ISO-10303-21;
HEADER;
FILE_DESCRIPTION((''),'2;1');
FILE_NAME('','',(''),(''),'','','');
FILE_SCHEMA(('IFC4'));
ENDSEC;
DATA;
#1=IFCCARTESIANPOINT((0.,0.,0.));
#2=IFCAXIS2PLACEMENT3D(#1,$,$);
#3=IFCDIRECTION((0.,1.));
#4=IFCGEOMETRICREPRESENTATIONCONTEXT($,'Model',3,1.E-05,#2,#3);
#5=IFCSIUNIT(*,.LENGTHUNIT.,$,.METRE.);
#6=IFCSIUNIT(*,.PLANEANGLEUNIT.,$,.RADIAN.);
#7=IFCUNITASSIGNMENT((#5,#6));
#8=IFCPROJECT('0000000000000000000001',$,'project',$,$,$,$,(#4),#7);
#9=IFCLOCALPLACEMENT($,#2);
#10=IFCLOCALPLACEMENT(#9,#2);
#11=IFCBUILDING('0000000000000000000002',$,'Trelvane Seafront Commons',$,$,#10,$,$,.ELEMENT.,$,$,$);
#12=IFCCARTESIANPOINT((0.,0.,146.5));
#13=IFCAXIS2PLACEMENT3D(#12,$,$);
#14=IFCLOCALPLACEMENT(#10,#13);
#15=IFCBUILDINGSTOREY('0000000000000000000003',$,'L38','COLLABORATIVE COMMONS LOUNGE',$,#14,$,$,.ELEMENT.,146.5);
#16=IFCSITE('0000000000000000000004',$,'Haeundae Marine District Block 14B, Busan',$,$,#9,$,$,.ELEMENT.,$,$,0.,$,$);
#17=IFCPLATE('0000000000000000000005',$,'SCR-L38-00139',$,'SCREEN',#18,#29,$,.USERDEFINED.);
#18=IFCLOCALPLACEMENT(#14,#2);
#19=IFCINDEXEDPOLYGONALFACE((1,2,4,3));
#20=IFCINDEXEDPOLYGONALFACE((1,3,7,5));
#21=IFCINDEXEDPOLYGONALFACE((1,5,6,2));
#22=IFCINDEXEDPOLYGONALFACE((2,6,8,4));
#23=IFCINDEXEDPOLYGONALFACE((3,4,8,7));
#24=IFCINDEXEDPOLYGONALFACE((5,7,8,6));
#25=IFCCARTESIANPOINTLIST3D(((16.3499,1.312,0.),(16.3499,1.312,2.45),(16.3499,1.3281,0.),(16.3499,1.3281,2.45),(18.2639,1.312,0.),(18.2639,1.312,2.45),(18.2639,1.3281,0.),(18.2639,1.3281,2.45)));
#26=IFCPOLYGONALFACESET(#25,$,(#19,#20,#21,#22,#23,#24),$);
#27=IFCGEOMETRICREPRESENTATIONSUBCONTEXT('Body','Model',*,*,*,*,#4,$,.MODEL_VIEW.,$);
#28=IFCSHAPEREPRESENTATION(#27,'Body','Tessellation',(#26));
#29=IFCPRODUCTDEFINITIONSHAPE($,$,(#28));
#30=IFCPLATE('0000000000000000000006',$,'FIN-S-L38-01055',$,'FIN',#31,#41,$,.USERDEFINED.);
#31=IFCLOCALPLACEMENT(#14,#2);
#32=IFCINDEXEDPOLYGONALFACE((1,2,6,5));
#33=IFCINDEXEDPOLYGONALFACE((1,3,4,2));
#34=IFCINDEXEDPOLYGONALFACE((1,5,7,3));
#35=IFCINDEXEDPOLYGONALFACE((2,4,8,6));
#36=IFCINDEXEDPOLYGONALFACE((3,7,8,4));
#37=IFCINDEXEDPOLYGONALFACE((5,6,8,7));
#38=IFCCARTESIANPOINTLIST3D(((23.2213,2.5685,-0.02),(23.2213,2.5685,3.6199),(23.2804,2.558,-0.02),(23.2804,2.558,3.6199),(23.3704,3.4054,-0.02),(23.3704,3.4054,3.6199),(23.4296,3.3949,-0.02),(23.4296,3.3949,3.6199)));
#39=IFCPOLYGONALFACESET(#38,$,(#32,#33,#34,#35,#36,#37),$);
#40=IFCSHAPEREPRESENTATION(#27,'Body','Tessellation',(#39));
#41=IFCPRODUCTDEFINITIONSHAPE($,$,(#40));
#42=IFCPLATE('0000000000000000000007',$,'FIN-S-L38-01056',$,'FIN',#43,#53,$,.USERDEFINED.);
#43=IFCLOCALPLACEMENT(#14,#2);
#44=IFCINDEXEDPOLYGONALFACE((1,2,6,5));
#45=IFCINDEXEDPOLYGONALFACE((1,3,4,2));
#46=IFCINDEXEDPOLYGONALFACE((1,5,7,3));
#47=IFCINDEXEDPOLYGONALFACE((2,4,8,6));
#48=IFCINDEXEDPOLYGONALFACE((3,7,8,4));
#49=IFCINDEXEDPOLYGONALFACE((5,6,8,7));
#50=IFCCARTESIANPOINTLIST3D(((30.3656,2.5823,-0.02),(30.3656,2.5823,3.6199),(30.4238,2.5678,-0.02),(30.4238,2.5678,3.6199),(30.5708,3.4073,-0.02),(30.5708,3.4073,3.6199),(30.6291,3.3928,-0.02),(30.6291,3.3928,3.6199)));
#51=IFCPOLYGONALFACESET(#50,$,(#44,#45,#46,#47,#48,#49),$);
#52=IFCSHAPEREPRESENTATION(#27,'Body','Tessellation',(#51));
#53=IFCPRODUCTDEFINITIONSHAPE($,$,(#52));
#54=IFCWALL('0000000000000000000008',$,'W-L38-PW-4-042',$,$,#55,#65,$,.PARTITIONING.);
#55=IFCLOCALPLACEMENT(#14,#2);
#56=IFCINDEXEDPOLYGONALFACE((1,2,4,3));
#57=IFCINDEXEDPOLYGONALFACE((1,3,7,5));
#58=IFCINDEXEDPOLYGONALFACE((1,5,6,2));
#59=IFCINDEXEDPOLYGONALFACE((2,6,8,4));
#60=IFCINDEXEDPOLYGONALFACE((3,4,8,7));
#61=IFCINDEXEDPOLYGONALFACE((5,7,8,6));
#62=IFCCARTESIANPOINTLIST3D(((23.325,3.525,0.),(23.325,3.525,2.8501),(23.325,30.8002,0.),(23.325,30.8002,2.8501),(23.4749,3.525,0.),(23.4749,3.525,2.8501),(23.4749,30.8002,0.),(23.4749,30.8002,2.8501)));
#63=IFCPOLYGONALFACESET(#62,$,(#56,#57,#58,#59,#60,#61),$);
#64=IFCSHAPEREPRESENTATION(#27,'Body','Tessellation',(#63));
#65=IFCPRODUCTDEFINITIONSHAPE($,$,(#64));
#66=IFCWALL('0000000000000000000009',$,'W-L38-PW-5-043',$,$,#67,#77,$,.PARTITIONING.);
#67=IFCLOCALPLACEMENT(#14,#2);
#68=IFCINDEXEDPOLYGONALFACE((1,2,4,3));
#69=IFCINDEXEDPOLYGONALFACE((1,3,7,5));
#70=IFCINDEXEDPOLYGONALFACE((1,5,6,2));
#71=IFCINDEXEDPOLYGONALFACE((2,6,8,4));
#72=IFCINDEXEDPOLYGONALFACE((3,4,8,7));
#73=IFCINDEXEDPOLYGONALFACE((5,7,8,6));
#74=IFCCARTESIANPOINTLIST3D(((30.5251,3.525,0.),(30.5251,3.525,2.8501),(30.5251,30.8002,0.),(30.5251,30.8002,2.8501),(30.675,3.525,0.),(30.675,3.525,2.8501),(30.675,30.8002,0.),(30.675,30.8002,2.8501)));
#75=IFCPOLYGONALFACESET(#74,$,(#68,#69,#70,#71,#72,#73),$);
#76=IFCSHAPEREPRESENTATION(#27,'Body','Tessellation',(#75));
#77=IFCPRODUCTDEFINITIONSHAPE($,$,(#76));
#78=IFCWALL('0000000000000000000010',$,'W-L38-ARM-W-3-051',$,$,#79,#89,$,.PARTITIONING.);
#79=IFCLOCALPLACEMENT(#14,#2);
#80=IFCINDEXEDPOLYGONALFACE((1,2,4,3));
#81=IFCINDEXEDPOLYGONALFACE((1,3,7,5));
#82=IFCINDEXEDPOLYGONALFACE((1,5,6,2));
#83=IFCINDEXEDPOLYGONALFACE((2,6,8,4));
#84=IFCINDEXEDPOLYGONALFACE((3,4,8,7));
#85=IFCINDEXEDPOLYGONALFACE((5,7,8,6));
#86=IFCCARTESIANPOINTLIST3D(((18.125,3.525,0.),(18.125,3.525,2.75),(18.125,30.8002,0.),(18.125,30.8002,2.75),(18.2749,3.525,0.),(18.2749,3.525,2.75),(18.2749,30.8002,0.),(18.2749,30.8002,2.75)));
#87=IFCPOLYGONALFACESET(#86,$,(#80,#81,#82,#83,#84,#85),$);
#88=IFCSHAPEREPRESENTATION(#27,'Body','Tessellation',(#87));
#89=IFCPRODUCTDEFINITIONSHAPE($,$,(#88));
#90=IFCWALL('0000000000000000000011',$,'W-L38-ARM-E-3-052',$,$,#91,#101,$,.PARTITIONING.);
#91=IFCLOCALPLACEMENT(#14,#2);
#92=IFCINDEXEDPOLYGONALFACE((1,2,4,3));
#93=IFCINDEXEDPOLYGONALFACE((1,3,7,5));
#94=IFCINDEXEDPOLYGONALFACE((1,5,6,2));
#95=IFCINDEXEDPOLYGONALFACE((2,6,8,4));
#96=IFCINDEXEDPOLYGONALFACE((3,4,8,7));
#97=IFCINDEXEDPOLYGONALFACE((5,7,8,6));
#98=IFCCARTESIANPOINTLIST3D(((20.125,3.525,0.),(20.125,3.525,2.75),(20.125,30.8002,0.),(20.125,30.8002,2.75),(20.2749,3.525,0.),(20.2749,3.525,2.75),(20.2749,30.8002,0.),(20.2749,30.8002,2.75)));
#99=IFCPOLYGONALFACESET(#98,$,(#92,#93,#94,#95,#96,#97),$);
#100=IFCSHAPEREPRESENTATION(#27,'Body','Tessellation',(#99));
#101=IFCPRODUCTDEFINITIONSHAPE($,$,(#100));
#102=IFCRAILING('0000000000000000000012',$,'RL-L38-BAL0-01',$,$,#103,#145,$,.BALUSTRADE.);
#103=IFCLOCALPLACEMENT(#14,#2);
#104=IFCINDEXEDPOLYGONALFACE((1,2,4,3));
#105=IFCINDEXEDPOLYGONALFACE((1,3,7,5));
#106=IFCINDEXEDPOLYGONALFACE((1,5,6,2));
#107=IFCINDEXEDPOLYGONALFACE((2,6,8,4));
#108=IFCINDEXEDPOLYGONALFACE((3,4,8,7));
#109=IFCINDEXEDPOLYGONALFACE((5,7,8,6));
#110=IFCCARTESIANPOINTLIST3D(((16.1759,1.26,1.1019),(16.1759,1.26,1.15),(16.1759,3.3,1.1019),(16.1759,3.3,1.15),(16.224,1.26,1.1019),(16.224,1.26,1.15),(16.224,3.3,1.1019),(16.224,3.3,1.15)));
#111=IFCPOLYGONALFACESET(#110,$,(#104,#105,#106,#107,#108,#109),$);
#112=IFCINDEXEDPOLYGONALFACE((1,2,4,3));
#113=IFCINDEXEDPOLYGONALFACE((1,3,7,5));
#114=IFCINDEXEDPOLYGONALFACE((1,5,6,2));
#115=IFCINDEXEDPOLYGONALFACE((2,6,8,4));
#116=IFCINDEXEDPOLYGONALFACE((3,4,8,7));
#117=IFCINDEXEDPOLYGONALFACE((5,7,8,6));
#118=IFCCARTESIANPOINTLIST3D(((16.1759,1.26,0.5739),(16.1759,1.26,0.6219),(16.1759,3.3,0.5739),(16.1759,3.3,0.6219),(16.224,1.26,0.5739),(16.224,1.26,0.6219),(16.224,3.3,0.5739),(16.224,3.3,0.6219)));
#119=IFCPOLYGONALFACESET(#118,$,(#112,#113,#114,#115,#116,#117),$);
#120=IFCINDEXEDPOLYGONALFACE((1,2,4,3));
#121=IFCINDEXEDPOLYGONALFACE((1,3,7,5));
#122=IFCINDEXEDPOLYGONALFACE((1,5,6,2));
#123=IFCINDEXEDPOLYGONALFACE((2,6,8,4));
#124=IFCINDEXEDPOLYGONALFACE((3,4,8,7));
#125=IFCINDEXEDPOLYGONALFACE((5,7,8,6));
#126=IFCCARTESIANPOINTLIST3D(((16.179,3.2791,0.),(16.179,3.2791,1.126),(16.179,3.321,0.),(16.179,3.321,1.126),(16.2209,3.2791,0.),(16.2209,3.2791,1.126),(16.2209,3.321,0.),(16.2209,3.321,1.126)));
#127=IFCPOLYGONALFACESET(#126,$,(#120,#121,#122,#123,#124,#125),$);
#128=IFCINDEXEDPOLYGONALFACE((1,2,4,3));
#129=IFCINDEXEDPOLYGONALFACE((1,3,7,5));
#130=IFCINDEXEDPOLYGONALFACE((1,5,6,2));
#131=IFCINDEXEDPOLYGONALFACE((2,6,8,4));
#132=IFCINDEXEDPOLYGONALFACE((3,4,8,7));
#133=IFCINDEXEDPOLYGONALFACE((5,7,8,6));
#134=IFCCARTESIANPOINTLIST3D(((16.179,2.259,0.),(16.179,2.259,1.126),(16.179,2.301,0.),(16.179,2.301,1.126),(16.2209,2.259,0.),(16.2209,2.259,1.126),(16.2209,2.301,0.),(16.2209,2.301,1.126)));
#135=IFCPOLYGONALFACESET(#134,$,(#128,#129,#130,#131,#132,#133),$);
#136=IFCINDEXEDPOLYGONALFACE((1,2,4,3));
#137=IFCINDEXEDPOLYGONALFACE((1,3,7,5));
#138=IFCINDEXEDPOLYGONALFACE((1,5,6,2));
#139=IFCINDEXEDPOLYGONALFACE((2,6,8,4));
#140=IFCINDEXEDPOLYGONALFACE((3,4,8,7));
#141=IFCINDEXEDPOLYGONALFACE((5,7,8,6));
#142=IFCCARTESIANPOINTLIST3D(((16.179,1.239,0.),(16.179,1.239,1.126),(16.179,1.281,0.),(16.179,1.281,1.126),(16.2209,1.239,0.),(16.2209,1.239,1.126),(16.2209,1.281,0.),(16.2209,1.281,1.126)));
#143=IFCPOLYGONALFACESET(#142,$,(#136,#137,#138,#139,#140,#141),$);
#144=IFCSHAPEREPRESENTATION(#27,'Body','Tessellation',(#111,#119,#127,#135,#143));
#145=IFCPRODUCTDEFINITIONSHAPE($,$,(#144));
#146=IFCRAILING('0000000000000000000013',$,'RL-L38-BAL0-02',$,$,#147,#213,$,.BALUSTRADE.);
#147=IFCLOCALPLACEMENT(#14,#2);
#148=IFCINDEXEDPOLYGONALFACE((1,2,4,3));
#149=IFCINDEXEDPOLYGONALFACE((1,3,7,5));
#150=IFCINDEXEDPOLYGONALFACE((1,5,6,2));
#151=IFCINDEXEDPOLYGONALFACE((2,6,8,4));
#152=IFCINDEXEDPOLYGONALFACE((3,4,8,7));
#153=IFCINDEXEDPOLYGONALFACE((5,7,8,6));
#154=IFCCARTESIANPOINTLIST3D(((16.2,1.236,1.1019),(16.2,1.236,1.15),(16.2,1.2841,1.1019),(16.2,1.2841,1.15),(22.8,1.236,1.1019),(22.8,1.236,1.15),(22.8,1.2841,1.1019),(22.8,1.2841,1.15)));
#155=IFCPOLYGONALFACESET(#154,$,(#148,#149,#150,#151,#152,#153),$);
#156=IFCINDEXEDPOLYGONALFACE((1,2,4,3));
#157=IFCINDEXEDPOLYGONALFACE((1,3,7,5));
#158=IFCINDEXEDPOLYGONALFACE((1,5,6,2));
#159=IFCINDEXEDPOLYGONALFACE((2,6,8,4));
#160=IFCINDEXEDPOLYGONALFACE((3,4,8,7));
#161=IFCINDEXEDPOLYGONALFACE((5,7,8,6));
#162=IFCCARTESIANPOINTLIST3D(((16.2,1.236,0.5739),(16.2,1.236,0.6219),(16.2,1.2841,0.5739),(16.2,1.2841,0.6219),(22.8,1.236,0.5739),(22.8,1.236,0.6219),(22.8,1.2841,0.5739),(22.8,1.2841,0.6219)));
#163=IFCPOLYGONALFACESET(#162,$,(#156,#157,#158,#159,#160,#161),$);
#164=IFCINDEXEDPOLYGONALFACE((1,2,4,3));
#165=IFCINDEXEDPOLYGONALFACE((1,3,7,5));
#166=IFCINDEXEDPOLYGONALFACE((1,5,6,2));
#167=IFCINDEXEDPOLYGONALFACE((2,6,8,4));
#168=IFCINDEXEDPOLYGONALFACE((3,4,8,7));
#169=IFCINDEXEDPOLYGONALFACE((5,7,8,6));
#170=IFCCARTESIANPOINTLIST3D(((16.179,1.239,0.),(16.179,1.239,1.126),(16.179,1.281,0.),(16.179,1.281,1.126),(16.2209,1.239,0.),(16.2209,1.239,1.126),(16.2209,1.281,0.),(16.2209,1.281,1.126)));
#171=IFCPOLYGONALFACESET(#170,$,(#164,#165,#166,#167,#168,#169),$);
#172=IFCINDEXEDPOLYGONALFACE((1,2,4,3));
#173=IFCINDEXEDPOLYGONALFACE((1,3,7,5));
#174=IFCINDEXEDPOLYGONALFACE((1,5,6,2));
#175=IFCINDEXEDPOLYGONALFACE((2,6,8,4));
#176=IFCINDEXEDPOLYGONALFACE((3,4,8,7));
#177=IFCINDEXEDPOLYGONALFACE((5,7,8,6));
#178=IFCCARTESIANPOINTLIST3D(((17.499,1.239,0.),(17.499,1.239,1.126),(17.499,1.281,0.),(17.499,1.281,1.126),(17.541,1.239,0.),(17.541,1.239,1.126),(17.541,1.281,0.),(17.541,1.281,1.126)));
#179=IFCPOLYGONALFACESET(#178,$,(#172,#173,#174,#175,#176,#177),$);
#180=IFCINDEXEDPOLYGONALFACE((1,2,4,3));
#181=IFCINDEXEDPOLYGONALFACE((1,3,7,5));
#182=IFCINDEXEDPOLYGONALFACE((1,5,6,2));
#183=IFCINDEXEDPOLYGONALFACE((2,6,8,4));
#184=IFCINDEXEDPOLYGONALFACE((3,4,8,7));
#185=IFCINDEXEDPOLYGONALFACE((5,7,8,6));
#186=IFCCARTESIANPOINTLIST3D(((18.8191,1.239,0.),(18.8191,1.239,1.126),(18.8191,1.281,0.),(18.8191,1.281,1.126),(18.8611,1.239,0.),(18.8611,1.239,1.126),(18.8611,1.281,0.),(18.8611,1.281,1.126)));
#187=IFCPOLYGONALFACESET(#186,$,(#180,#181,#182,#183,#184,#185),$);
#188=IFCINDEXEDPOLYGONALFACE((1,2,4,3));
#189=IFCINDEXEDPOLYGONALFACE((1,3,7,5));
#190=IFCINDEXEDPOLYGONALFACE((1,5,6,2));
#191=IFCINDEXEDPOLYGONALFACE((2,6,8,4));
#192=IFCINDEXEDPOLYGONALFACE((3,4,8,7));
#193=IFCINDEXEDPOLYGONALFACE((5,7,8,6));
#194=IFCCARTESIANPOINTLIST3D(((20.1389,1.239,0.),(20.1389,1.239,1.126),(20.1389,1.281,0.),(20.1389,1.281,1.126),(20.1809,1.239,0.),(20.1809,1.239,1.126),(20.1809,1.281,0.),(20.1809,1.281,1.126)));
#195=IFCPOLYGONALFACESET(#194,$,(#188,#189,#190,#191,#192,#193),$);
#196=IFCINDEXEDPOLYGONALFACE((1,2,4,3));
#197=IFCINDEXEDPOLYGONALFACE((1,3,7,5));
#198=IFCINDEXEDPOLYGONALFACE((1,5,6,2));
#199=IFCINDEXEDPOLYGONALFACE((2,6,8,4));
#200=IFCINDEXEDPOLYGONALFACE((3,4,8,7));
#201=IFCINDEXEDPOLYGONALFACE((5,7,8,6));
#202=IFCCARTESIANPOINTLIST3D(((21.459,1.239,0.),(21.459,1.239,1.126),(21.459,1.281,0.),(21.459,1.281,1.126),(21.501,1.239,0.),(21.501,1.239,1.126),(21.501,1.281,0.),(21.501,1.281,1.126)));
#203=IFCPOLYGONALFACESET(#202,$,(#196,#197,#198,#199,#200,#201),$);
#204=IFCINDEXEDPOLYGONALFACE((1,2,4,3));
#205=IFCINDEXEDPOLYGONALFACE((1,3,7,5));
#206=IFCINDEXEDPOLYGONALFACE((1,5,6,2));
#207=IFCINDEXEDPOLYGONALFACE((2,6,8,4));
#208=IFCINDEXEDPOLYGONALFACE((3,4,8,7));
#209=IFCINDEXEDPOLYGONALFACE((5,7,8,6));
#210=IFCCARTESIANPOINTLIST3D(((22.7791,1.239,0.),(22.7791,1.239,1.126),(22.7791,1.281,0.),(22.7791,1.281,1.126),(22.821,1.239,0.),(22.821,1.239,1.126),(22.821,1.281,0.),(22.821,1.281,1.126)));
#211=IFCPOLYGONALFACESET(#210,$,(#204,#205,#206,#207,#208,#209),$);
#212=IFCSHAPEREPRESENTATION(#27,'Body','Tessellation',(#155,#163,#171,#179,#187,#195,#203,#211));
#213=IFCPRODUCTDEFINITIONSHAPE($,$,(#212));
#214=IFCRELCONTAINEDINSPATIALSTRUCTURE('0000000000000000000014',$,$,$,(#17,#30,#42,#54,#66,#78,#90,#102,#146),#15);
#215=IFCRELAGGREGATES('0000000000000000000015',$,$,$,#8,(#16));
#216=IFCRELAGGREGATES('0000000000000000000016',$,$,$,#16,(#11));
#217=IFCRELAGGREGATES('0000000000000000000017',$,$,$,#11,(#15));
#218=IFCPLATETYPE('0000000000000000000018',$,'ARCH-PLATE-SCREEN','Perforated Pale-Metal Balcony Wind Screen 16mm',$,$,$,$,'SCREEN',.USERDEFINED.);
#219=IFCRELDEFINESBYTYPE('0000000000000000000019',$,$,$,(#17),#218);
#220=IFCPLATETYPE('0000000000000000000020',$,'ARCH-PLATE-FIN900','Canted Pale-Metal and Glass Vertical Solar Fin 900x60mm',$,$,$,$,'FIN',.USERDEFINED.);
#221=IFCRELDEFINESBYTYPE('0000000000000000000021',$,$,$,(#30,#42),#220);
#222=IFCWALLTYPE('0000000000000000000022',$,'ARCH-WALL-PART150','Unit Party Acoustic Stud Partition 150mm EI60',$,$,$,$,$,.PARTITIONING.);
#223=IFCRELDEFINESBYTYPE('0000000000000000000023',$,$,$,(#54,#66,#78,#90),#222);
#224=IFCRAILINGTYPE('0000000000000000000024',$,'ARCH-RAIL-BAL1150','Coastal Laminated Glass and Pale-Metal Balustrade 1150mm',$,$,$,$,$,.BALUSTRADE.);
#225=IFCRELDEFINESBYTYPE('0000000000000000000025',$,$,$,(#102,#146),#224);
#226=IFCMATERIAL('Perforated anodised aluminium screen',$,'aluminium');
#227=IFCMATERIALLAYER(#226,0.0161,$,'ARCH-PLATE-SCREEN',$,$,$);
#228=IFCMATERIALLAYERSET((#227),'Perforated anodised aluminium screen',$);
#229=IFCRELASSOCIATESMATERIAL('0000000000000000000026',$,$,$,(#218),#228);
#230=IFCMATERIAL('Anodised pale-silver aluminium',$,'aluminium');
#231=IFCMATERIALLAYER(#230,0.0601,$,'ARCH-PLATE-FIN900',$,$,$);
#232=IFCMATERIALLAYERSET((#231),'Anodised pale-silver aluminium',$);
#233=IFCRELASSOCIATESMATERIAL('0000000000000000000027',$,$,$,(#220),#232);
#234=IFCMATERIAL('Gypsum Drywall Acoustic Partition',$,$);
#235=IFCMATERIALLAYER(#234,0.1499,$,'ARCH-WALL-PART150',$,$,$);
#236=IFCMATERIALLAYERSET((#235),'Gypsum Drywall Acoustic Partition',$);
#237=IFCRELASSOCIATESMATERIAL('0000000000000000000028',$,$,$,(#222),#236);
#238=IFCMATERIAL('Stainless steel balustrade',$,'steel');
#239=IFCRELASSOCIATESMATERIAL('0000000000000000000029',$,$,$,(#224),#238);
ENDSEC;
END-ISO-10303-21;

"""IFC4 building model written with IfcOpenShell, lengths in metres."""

from ifc_helpers import new_model, si_unit, direction, frame, frame_2d, origin, origin_2d, place, context, subcontext, project, spatial, rectangle, extrude, source, transform, mapped, material, layer, layer_set, type_object, element, save


model = new_model("IFC4")

# Units and contexts
model_context = context("Model", 3, precision=1e-05, world=origin(), true_north=direction((0.0, 1.0)))
body_context = subcontext(model_context, "Body", "Model", "MODEL_VIEW")
ifc_project = project(units=[si_unit("LENGTHUNIT", "METRE"), si_unit("PLANEANGLEUNIT", "RADIAN")], contexts=[model_context])

# Site, building, storey
site_placement = place(None, origin())
site = spatial("IfcSite", under=ifc_project, at=site_placement, Name="Haeundae Marine District Block 14B, Busan", CompositionType="ELEMENT", RefElevation=0.0)
building_placement = place(site_placement, origin())
building = spatial("IfcBuilding", under=site, at=building_placement, Name="Trelvane Seafront Commons", CompositionType="ELEMENT")
storey_placement = place(building_placement, frame((0.0, 0.0, 146.5)))
storey = spatial("IfcBuildingStorey", under=building, at=storey_placement, Name="L38", Description="COLLABORATIVE COMMONS LOUNGE", CompositionType="ELEMENT", Elevation=146.5)

# Plates
ifc_material_1 = material(Name="Perforated anodised aluminium screen", Category="aluminium")
ifc_layer_1 = layer(ifc_material_1, 0.0161, Name="ARCH-PLATE-SCREEN")
ifc_layer_set_1 = layer_set([ifc_layer_1], Name="Perforated anodised aluminium screen")
plate_type_1 = type_object("IfcPlateType", Name="ARCH-PLATE-SCREEN", Description="Perforated Pale-Metal Balcony Wind Screen 16mm", ElementType="SCREEN", PredefinedType="USERDEFINED", material=ifc_layer_set_1)
shared_shape_1 = source(origin(), body_context, "Body", "SweptSolid", [
    extrude(rectangle(XDim=1.9141, YDim=0.0161, at=origin_2d()), origin(), (0.0, 0.0, 1.0), 2.45),
])
plate_placement = place(storey_placement, frame((17.3069, 1.3201, 0.0), z_axis=(0.0, 0.0, 1.0), x_axis=(1.0, 0.0, 0.0)))
element("IfcPlate", 1, at=plate_placement, inside=storey, type_object=plate_type_1, Name="SCR-L38-00139", ObjectType="SCREEN", PredefinedType="USERDEFINED", context=body_context, shape_type="MappedRepresentation", body=[
    mapped(shared_shape_1, transform((0.0, 0.0, 0.0), x_axis=(1.0, 0.0, 0.0), y_axis=(0.0, 1.0, 0.0), z_axis=(0.0, 0.0, 1.0), scale=1.0)),
])
ifc_material_2 = material(Name="Anodised pale-silver aluminium", Category="aluminium")
ifc_layer_2 = layer(ifc_material_2, 0.0601, Name="ARCH-PLATE-FIN900")
ifc_layer_set_2 = layer_set([ifc_layer_2], Name="Anodised pale-silver aluminium")
plate_type_2 = type_object("IfcPlateType", Name="ARCH-PLATE-FIN900", Description="Canted Pale-Metal and Glass Vertical Solar Fin 900x60mm", ElementType="FIN", PredefinedType="USERDEFINED", material=ifc_layer_set_2)
shared_shape_2 = source(origin(), body_context, "Body", "SweptSolid", [
    extrude(rectangle(XDim=0.8501, YDim=0.0601, at=origin_2d()), origin(), (0.0, 0.0, 1.0), 3.6399),
])
for number, where, z_axis, x_axis, name in (
    (2, (23.3254, 2.9817, -0.02), (0.0, 0.0, 1.0), (-0.175417, -0.984494, 0.0), "FIN-S-L38-01055"),
    (3, (30.4973, 2.9875, -0.02), (0.0, 0.0, 1.0), (-0.2414, -0.970426, 0.0), "FIN-S-L38-01056"),
):
    element("IfcPlate", number, at=place(storey_placement, frame(where, z_axis=z_axis, x_axis=x_axis)), inside=storey, type_object=plate_type_2, Name=name, ObjectType="FIN", PredefinedType="USERDEFINED", context=body_context, shape_type="MappedRepresentation", body=[
        mapped(shared_shape_2, transform((0.0, 0.0, 0.0), x_axis=(1.0, 0.0, 0.0), y_axis=(0.0, 1.0, 0.0), z_axis=(0.0, 0.0, 1.0), scale=1.0)),
    ])

# Shared definitions
ifc_material_3 = material(Name="Gypsum Drywall Acoustic Partition")

# Walls
ifc_layer_3 = layer(ifc_material_3, 0.1499, Name="ARCH-WALL-PART150")
ifc_layer_set_3 = layer_set([ifc_layer_3], Name="Gypsum Drywall Acoustic Partition")
wall_type_1 = type_object("IfcWallType", Name="ARCH-WALL-PART150", Description="Unit Party Acoustic Stud Partition 150mm EI60", PredefinedType="PARTITIONING", material=ifc_layer_set_3)
for number, where, z_axis, x_axis, name in (
    (4, (23.3999, 3.5249, 0.0), (0.0, 0.0, 1.0), (0.0, 1.0, 0.0), "W-L38-PW-4-042"),
    (5, (30.6001, 3.5249, 0.0), (0.0, 0.0, 1.0), (0.0, 1.0, 0.0), "W-L38-PW-5-043"),
):
    element("IfcWall", number, at=place(storey_placement, frame(where, z_axis=z_axis, x_axis=x_axis)), inside=storey, type_object=wall_type_1, Name=name, PredefinedType="PARTITIONING", context=body_context, shape_type="SweptSolid", body=[
        extrude(rectangle(XDim=27.2751, YDim=0.1499, at=frame_2d((13.6377, 0.0))), origin(), (0.0, 0.0, 1.0), 2.8501),
    ])
for number, where, z_axis, x_axis, name in (
    (6, (18.2, 3.5249, 0.0), (0.0, 0.0, 1.0), (0.0, 1.0, 0.0), "W-L38-ARM-W-3-051"),
    (7, (20.2, 3.5249, 0.0), (0.0, 0.0, 1.0), (0.0, 1.0, 0.0), "W-L38-ARM-E-3-052"),
):
    element("IfcWall", number, at=place(storey_placement, frame(where, z_axis=z_axis, x_axis=x_axis)), inside=storey, type_object=wall_type_1, Name=name, PredefinedType="PARTITIONING", context=body_context, shape_type="SweptSolid", body=[
        extrude(rectangle(XDim=27.2751, YDim=0.1499, at=frame_2d((13.6377, 0.0))), origin(), (0.0, 0.0, 1.0), 2.75),
    ])

# Railings
ifc_material_4 = material(Name="Stainless steel balustrade", Category="steel")
railing_type = type_object("IfcRailingType", Name="ARCH-RAIL-BAL1150", Description="Coastal Laminated Glass and Pale-Metal Balustrade 1150mm", PredefinedType="BALUSTRADE", material=ifc_material_4)
railing_1_placement = place(storey_placement, frame((16.2, 3.3, 0.0)))
element("IfcRailing", 8, at=railing_1_placement, inside=storey, type_object=railing_type, Name="RL-L38-BAL0-01", PredefinedType="BALUSTRADE", context=body_context, shape_type="SweptSolid", body=[
    extrude(rectangle(XDim=0.0481, YDim=0.0481, at=origin_2d()), frame((0.0, 0.0, 1.126), z_axis=(0.0, -1.0, 0.0), x_axis=(1.0, 0.0, 0.0)), (0.0, 0.0, 1.0), 2.04),
    extrude(rectangle(XDim=0.0481, YDim=0.0481, at=origin_2d()), frame((0.0, 0.0, 0.5979), z_axis=(0.0, -1.0, 0.0), x_axis=(1.0, 0.0, 0.0)), (0.0, 0.0, 1.0), 2.04),
    extrude(rectangle(XDim=0.042, YDim=0.042, at=origin_2d()), origin(), (0.0, 0.0, 1.0), 1.126),
    extrude(rectangle(XDim=0.042, YDim=0.042, at=origin_2d()), frame((0.0, -1.02, 0.0)), (0.0, 0.0, 1.0), 1.126),
    extrude(rectangle(XDim=0.042, YDim=0.042, at=origin_2d()), frame((0.0, -2.04, 0.0)), (0.0, 0.0, 1.0), 1.126),
])
railing_2_placement = place(storey_placement, frame((16.2, 1.26, 0.0)))
element("IfcRailing", 9, at=railing_2_placement, inside=storey, type_object=railing_type, Name="RL-L38-BAL0-02", PredefinedType="BALUSTRADE", context=body_context, shape_type="SweptSolid", body=[
    extrude(rectangle(XDim=0.0481, YDim=0.0481, at=origin_2d()), frame((0.0, 0.0, 1.126), z_axis=(1.0, 0.0, 0.0), x_axis=(0.0, 1.0, 0.0)), (0.0, 0.0, 1.0), 6.6001),
    extrude(rectangle(XDim=0.0481, YDim=0.0481, at=origin_2d()), frame((0.0, 0.0, 0.5979), z_axis=(1.0, 0.0, 0.0), x_axis=(0.0, 1.0, 0.0)), (0.0, 0.0, 1.0), 6.6001),
    extrude(rectangle(XDim=0.042, YDim=0.042, at=origin_2d()), origin(), (0.0, 0.0, 1.0), 1.126),
    extrude(rectangle(XDim=0.042, YDim=0.042, at=origin_2d()), frame((1.3201, 0.0, 0.0)), (0.0, 0.0, 1.0), 1.126),
    extrude(rectangle(XDim=0.042, YDim=0.042, at=origin_2d()), frame((2.6401, 0.0, 0.0)), (0.0, 0.0, 1.0), 1.126),
    extrude(rectangle(XDim=0.042, YDim=0.042, at=origin_2d()), frame((3.96, 0.0, 0.0)), (0.0, 0.0, 1.0), 1.126),
    extrude(rectangle(XDim=0.042, YDim=0.042, at=origin_2d()), frame((5.28, 0.0, 0.0)), (0.0, 0.0, 1.0), 1.126),
    extrude(rectangle(XDim=0.042, YDim=0.042, at=origin_2d()), frame((6.6001, 0.0, 0.0)), (0.0, 0.0, 1.0), 1.126),
])

save(model, "model.ifc")
